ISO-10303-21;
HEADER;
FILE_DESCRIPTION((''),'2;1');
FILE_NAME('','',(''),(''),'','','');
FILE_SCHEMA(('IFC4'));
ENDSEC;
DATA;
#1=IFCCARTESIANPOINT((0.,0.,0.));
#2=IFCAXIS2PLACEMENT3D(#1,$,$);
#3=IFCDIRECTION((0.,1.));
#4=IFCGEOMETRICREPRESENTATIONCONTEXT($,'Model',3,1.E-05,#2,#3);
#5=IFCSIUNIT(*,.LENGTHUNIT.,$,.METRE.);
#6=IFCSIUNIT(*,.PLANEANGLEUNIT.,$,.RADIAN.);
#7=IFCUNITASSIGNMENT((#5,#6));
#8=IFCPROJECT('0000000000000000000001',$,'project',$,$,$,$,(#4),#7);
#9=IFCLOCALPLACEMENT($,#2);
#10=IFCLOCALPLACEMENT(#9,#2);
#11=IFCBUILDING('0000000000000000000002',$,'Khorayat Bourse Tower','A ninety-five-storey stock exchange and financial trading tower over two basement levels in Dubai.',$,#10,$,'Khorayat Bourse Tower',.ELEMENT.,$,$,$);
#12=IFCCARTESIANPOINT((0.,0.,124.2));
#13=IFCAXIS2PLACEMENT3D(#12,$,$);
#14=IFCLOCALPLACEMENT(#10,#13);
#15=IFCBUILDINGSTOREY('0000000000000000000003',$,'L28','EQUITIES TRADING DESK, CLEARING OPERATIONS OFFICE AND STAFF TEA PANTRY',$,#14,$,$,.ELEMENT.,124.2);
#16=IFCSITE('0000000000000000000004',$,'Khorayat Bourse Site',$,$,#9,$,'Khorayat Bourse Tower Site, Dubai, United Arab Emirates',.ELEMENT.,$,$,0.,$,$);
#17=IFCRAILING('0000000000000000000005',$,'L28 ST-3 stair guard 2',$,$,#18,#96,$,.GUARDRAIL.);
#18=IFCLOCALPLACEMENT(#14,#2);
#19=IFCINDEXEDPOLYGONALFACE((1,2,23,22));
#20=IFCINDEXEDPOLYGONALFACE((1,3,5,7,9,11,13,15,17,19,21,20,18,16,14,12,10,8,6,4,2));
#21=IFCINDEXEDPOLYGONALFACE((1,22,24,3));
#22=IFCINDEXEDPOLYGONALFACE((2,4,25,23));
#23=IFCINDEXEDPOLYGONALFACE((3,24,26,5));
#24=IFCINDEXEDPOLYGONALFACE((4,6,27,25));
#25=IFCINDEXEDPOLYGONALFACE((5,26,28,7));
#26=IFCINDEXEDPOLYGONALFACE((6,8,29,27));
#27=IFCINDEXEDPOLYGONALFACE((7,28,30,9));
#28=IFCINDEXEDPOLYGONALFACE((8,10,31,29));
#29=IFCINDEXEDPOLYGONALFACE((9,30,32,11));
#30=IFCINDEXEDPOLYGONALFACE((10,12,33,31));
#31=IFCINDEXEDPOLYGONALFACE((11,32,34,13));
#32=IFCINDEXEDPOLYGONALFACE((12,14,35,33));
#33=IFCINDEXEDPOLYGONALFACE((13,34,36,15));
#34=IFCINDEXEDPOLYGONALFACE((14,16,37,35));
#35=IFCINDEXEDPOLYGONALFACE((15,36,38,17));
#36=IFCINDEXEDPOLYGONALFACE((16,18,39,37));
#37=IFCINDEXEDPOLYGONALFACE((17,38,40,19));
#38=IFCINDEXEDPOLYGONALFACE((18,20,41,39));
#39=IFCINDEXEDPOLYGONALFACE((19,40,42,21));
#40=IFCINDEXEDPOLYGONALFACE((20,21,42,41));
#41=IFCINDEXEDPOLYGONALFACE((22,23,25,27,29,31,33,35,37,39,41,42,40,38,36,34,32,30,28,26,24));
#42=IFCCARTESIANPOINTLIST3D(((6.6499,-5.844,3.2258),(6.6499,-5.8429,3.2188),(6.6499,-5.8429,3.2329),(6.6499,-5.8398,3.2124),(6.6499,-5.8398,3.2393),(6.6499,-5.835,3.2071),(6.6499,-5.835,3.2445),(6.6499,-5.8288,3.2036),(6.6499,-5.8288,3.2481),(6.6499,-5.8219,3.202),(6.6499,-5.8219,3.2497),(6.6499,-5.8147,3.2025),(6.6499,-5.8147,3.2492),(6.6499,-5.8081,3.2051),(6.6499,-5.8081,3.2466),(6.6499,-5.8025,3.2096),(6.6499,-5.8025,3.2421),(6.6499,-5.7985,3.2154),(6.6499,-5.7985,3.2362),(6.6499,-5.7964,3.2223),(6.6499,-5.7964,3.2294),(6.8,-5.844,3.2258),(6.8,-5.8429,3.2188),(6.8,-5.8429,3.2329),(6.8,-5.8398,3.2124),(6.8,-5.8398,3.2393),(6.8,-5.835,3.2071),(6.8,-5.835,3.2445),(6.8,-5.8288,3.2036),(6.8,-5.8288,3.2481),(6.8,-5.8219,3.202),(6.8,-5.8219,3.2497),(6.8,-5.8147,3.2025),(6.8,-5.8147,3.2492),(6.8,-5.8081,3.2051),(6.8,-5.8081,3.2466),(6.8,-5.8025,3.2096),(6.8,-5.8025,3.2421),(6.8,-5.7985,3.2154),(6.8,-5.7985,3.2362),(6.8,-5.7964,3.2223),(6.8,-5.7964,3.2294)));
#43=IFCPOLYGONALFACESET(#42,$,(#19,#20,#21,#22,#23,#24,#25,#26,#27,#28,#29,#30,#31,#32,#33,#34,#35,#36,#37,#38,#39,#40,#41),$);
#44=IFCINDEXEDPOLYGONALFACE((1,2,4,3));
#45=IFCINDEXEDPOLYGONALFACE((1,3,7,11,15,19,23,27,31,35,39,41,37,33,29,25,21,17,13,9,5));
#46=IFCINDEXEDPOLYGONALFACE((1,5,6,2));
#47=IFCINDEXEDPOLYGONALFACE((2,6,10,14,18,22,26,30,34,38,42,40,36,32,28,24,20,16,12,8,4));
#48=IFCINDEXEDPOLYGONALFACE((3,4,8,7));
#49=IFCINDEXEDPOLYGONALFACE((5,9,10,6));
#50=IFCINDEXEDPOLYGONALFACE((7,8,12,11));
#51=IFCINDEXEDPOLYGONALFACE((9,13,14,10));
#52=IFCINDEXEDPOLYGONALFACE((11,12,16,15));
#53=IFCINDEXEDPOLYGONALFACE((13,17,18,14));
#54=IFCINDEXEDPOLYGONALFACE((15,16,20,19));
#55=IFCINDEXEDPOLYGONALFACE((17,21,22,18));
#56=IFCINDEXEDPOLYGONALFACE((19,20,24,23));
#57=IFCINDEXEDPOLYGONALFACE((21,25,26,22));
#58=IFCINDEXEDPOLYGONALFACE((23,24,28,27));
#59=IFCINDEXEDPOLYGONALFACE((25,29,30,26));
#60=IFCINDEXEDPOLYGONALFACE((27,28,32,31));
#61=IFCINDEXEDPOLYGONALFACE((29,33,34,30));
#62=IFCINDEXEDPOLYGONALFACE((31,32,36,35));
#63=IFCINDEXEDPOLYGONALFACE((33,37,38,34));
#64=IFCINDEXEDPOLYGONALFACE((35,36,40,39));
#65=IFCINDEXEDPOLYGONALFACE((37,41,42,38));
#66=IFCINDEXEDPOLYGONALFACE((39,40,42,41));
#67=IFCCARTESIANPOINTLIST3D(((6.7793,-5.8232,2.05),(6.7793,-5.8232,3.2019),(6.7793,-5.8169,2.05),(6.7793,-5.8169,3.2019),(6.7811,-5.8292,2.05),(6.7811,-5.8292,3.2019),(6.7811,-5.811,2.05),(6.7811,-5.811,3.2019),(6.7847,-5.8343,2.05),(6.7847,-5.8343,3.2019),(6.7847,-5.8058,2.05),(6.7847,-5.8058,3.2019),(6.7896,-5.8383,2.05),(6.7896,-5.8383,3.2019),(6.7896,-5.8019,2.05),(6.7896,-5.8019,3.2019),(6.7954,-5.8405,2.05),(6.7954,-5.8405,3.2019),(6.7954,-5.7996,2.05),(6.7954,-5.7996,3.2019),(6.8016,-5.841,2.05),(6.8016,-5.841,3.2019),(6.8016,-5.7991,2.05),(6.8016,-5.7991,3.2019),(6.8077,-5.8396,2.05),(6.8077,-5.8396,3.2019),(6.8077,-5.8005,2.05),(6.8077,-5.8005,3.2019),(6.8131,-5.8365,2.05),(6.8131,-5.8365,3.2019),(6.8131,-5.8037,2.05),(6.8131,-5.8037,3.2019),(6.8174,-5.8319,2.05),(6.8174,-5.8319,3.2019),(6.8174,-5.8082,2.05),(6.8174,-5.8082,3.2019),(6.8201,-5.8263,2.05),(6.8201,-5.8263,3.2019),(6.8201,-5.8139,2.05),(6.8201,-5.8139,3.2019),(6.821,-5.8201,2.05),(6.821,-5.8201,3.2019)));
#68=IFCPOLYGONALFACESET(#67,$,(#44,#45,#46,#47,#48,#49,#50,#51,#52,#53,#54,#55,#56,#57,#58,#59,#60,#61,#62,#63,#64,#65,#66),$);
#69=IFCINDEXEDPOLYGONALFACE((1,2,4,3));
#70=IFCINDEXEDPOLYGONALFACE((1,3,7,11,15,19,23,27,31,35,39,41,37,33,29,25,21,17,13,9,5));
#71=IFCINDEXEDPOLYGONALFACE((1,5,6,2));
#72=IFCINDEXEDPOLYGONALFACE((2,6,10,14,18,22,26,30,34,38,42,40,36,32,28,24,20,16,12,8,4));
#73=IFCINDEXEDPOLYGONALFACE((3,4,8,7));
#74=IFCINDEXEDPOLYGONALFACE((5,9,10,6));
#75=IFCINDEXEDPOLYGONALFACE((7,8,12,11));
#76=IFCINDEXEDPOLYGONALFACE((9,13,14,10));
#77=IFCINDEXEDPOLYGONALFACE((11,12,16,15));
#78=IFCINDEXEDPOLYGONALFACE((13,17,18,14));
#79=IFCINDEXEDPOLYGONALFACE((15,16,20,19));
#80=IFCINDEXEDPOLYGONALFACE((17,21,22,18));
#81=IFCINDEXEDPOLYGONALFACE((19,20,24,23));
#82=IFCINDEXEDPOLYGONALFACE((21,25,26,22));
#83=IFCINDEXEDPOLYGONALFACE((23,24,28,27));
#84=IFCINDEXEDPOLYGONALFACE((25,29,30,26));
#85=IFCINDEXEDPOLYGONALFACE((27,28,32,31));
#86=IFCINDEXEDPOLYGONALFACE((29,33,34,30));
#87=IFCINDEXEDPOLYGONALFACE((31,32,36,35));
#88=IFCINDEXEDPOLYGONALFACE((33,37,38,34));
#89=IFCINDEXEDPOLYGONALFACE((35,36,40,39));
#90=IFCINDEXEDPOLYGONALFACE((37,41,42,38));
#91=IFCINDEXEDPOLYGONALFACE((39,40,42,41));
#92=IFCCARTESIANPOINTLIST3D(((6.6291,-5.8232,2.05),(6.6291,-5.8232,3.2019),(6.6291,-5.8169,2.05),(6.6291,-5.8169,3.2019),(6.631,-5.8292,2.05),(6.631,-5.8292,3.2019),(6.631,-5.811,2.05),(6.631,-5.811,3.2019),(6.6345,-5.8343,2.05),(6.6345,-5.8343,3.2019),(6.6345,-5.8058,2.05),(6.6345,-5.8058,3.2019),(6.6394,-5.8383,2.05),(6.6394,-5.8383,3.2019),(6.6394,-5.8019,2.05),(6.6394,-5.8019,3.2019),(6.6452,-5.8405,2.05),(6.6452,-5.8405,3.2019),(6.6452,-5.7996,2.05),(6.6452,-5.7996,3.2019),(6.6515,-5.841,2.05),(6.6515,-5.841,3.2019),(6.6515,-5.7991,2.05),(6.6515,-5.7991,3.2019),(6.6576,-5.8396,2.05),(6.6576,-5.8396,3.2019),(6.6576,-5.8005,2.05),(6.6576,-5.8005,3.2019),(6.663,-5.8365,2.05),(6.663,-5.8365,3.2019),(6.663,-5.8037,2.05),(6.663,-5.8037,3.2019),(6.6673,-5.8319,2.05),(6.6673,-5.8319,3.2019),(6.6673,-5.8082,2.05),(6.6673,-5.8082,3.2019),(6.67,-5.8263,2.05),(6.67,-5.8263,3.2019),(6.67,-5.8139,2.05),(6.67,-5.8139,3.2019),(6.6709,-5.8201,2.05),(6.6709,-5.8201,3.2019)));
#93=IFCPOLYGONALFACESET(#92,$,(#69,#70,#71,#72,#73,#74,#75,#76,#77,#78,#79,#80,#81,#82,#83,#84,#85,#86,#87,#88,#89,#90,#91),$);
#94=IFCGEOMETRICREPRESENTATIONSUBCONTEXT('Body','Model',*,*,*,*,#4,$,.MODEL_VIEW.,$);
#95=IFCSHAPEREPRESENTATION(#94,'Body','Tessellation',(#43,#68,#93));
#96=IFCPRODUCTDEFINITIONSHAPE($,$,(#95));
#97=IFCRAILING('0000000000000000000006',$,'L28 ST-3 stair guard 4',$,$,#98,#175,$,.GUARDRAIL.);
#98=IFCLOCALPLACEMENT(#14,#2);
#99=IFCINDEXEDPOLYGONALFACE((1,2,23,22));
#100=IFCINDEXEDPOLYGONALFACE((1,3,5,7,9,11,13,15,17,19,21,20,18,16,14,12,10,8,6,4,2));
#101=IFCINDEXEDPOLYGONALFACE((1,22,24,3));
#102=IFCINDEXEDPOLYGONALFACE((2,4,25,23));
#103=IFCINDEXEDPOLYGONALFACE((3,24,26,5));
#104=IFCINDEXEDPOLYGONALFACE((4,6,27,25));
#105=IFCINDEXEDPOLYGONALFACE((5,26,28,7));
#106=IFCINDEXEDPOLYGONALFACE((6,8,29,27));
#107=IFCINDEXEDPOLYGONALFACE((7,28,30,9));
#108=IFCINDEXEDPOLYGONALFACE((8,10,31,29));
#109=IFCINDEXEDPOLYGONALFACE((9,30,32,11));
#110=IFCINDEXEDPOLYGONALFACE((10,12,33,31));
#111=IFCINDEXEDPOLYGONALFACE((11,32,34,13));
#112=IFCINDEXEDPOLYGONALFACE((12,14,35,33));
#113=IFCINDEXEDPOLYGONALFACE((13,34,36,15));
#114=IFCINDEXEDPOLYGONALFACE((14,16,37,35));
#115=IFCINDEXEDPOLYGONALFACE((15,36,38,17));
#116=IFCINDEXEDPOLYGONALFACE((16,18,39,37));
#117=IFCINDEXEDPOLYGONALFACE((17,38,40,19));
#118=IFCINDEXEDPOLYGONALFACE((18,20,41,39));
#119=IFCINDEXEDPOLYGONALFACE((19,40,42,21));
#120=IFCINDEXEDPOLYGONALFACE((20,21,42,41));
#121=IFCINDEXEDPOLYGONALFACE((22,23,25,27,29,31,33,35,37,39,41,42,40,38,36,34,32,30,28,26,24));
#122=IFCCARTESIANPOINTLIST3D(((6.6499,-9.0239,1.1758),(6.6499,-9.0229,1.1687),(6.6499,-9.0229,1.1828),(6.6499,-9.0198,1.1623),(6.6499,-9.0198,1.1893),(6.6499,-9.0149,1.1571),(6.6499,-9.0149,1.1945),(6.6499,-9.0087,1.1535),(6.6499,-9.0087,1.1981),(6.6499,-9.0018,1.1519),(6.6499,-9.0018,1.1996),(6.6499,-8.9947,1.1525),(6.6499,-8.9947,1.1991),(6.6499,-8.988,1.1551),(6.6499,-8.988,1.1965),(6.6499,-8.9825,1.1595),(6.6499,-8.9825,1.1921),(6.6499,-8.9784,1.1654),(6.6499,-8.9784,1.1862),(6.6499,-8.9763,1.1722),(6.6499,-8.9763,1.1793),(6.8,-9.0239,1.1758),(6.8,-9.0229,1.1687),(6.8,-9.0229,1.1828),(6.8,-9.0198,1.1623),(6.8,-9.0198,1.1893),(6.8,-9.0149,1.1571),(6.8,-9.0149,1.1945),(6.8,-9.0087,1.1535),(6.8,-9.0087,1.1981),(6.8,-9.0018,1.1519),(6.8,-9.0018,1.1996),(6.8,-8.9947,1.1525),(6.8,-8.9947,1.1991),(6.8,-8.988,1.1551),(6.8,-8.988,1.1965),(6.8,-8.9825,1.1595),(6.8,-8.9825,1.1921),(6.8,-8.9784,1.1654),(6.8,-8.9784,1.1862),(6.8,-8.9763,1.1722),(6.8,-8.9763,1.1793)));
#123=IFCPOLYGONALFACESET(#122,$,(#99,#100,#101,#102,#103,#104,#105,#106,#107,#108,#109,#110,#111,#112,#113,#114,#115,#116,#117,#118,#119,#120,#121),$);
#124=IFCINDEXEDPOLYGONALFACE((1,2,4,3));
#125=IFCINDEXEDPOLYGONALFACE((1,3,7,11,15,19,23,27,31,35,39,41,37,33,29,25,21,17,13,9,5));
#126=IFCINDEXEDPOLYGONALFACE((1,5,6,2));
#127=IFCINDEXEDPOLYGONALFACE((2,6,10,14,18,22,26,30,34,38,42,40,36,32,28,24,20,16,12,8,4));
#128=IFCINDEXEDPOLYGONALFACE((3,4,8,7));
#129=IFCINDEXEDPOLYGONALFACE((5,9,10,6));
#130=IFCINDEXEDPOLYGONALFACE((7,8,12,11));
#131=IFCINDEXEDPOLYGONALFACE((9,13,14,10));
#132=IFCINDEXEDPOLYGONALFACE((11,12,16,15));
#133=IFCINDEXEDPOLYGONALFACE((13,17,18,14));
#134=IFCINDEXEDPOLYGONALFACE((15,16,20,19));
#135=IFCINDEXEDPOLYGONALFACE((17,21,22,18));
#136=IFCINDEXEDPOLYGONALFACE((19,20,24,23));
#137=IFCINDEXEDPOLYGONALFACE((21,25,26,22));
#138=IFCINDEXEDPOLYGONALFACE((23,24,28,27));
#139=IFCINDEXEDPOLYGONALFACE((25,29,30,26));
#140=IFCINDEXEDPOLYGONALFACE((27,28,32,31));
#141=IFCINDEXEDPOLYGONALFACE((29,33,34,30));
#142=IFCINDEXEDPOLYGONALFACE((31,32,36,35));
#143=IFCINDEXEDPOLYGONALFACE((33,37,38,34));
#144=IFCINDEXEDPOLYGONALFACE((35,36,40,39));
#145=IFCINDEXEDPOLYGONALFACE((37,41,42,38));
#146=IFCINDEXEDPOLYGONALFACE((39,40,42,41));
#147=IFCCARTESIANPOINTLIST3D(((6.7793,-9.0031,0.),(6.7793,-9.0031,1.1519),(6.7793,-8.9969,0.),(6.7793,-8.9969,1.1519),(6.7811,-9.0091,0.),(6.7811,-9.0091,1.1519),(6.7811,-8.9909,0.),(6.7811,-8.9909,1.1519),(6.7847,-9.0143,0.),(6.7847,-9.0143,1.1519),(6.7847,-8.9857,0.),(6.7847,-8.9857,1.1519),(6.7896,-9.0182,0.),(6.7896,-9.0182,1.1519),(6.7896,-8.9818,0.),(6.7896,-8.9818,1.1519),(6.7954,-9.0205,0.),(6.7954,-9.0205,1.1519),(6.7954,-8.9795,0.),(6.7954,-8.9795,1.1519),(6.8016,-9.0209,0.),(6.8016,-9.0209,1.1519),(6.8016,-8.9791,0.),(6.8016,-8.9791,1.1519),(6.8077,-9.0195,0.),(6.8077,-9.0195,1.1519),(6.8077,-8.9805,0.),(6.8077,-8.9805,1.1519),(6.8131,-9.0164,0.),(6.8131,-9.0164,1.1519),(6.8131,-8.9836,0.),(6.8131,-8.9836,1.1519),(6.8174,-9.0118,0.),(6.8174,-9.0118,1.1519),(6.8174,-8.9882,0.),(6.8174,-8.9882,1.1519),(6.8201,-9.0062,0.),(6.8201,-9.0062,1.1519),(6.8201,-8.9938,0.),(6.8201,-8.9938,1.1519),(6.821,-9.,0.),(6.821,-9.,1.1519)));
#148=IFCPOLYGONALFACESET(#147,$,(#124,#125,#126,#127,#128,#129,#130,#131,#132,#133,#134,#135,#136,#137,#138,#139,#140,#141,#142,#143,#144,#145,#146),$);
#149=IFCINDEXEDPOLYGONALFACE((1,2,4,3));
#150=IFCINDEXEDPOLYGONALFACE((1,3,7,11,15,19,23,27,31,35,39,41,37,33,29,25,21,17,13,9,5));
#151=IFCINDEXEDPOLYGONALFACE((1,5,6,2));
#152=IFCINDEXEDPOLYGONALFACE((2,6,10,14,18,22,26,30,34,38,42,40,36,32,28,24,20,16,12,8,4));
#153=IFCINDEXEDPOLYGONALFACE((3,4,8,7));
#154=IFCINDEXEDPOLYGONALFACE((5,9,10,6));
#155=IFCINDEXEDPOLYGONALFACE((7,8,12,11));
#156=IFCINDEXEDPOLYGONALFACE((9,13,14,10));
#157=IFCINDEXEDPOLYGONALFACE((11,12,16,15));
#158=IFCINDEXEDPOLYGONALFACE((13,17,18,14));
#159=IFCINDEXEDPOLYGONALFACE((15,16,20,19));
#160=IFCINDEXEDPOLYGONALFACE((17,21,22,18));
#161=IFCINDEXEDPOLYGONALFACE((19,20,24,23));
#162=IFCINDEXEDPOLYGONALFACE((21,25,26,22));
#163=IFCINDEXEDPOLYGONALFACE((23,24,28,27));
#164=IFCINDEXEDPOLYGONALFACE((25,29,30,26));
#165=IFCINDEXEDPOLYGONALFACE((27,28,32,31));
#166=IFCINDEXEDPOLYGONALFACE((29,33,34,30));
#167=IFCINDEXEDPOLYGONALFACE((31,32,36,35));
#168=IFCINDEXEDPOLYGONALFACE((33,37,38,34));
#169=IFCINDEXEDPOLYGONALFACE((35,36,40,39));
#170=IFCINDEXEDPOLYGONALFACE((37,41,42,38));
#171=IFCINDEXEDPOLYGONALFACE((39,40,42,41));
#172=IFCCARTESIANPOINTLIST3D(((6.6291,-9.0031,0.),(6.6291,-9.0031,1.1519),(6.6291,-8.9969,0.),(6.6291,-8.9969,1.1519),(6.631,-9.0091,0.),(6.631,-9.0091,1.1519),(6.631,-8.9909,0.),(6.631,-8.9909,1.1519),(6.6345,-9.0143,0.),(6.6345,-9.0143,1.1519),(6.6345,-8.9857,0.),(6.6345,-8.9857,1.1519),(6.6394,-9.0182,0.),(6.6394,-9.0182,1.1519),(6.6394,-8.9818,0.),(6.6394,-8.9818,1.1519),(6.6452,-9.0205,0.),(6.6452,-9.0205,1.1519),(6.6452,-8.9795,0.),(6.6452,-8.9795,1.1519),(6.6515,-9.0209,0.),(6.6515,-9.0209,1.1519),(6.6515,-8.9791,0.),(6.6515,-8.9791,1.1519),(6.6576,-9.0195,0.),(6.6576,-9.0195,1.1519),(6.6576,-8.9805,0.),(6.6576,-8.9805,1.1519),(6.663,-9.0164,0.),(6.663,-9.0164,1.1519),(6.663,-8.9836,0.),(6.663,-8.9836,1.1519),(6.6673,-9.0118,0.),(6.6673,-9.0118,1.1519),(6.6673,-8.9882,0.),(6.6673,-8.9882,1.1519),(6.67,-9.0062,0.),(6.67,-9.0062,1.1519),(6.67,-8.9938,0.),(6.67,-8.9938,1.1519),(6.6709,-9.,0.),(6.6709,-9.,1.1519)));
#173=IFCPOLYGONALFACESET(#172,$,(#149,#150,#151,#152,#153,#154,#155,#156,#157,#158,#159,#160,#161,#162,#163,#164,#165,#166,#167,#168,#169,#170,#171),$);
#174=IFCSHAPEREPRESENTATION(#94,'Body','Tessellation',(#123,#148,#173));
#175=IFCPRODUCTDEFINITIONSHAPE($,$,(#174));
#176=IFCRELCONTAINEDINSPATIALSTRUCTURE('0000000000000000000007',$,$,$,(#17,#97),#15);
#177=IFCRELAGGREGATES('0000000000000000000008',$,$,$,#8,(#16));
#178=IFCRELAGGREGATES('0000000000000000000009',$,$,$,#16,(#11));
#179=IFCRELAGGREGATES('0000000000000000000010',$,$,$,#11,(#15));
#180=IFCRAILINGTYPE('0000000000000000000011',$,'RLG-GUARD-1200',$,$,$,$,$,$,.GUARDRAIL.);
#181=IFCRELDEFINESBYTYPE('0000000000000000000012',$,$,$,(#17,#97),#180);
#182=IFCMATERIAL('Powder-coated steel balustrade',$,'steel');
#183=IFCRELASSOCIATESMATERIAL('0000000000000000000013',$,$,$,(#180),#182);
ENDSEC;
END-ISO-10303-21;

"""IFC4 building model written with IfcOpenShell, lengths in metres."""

from ifc_helpers import new_model, si_unit, direction, frame, origin, origin_2d, place, context, subcontext, project, spatial, circle, extrude, source, transform, mapped, material, type_object, element, save


model = new_model("IFC4")

# Units and contexts
model_context = context("Model", 3, precision=1e-05, world=origin(), true_north=direction((0.0, 1.0)))
body_context = subcontext(model_context, "Body", "Model", "MODEL_VIEW")
ifc_project = project(units=[si_unit("LENGTHUNIT", "METRE"), si_unit("PLANEANGLEUNIT", "RADIAN")], contexts=[model_context])

# Site, building, storey
site_placement = place(None, origin())
site = spatial("IfcSite", under=ifc_project, at=site_placement, Name="Khorayat Bourse Site", LongName="Khorayat Bourse Tower Site, Dubai, United Arab Emirates", CompositionType="ELEMENT", RefElevation=0.0)
building_placement = place(site_placement, origin())
building = spatial("IfcBuilding", under=site, at=building_placement, Name="Khorayat Bourse Tower", Description="A ninety-five-storey stock exchange and financial trading tower over two basement levels in Dubai.", LongName="Khorayat Bourse Tower", CompositionType="ELEMENT")
storey_placement = place(building_placement, frame((0.0, 0.0, 124.2)))
storey = spatial("IfcBuildingStorey", under=building, at=storey_placement, Name="L28", Description="EQUITIES TRADING DESK, CLEARING OPERATIONS OFFICE AND STAFF TEA PANTRY", CompositionType="ELEMENT", Elevation=124.2)

# Railings
ifc_material_1 = material(Name="Powder-coated steel balustrade", Category="steel")
railing_type_1 = type_object("IfcRailingType", Name="RLG-GUARD-1200", PredefinedType="GUARDRAIL", material=ifc_material_1)
shared_shape_1 = source(origin(), body_context, "Body", "SweptSolid", [
    extrude(circle(Radius=0.0239, at=origin_2d()), frame((0.0, 0.0, 1.1758), z_axis=(-1.0, 0.0, 0.0), x_axis=(0.0, -1.0, 0.0)), (0.0, 0.0, 1.0), 0.1501),
    extrude(circle(Radius=0.021, at=origin_2d()), origin(), (0.0, 0.0, 1.0), 1.1519),
    extrude(circle(Radius=0.021, at=origin_2d()), frame((-0.1501, 0.0, 0.0)), (0.0, 0.0, 1.0), 1.1519),
])
for number, where, name in (
    (1, (6.8, -5.8201, 2.05), "L28 ST-3 stair guard 2"),
    (2, (6.8, -9.0, 0.0), "L28 ST-3 stair guard 4"),
):
    element("IfcRailing", number, at=place(storey_placement, frame(where)), inside=storey, type_object=railing_type_1, Name=name, PredefinedType="GUARDRAIL", context=body_context, shape_type="MappedRepresentation", body=[
        mapped(shared_shape_1, transform((0.0, 0.0, 0.0), scale=1.0)),
    ])

save(model, "model.ifc")
